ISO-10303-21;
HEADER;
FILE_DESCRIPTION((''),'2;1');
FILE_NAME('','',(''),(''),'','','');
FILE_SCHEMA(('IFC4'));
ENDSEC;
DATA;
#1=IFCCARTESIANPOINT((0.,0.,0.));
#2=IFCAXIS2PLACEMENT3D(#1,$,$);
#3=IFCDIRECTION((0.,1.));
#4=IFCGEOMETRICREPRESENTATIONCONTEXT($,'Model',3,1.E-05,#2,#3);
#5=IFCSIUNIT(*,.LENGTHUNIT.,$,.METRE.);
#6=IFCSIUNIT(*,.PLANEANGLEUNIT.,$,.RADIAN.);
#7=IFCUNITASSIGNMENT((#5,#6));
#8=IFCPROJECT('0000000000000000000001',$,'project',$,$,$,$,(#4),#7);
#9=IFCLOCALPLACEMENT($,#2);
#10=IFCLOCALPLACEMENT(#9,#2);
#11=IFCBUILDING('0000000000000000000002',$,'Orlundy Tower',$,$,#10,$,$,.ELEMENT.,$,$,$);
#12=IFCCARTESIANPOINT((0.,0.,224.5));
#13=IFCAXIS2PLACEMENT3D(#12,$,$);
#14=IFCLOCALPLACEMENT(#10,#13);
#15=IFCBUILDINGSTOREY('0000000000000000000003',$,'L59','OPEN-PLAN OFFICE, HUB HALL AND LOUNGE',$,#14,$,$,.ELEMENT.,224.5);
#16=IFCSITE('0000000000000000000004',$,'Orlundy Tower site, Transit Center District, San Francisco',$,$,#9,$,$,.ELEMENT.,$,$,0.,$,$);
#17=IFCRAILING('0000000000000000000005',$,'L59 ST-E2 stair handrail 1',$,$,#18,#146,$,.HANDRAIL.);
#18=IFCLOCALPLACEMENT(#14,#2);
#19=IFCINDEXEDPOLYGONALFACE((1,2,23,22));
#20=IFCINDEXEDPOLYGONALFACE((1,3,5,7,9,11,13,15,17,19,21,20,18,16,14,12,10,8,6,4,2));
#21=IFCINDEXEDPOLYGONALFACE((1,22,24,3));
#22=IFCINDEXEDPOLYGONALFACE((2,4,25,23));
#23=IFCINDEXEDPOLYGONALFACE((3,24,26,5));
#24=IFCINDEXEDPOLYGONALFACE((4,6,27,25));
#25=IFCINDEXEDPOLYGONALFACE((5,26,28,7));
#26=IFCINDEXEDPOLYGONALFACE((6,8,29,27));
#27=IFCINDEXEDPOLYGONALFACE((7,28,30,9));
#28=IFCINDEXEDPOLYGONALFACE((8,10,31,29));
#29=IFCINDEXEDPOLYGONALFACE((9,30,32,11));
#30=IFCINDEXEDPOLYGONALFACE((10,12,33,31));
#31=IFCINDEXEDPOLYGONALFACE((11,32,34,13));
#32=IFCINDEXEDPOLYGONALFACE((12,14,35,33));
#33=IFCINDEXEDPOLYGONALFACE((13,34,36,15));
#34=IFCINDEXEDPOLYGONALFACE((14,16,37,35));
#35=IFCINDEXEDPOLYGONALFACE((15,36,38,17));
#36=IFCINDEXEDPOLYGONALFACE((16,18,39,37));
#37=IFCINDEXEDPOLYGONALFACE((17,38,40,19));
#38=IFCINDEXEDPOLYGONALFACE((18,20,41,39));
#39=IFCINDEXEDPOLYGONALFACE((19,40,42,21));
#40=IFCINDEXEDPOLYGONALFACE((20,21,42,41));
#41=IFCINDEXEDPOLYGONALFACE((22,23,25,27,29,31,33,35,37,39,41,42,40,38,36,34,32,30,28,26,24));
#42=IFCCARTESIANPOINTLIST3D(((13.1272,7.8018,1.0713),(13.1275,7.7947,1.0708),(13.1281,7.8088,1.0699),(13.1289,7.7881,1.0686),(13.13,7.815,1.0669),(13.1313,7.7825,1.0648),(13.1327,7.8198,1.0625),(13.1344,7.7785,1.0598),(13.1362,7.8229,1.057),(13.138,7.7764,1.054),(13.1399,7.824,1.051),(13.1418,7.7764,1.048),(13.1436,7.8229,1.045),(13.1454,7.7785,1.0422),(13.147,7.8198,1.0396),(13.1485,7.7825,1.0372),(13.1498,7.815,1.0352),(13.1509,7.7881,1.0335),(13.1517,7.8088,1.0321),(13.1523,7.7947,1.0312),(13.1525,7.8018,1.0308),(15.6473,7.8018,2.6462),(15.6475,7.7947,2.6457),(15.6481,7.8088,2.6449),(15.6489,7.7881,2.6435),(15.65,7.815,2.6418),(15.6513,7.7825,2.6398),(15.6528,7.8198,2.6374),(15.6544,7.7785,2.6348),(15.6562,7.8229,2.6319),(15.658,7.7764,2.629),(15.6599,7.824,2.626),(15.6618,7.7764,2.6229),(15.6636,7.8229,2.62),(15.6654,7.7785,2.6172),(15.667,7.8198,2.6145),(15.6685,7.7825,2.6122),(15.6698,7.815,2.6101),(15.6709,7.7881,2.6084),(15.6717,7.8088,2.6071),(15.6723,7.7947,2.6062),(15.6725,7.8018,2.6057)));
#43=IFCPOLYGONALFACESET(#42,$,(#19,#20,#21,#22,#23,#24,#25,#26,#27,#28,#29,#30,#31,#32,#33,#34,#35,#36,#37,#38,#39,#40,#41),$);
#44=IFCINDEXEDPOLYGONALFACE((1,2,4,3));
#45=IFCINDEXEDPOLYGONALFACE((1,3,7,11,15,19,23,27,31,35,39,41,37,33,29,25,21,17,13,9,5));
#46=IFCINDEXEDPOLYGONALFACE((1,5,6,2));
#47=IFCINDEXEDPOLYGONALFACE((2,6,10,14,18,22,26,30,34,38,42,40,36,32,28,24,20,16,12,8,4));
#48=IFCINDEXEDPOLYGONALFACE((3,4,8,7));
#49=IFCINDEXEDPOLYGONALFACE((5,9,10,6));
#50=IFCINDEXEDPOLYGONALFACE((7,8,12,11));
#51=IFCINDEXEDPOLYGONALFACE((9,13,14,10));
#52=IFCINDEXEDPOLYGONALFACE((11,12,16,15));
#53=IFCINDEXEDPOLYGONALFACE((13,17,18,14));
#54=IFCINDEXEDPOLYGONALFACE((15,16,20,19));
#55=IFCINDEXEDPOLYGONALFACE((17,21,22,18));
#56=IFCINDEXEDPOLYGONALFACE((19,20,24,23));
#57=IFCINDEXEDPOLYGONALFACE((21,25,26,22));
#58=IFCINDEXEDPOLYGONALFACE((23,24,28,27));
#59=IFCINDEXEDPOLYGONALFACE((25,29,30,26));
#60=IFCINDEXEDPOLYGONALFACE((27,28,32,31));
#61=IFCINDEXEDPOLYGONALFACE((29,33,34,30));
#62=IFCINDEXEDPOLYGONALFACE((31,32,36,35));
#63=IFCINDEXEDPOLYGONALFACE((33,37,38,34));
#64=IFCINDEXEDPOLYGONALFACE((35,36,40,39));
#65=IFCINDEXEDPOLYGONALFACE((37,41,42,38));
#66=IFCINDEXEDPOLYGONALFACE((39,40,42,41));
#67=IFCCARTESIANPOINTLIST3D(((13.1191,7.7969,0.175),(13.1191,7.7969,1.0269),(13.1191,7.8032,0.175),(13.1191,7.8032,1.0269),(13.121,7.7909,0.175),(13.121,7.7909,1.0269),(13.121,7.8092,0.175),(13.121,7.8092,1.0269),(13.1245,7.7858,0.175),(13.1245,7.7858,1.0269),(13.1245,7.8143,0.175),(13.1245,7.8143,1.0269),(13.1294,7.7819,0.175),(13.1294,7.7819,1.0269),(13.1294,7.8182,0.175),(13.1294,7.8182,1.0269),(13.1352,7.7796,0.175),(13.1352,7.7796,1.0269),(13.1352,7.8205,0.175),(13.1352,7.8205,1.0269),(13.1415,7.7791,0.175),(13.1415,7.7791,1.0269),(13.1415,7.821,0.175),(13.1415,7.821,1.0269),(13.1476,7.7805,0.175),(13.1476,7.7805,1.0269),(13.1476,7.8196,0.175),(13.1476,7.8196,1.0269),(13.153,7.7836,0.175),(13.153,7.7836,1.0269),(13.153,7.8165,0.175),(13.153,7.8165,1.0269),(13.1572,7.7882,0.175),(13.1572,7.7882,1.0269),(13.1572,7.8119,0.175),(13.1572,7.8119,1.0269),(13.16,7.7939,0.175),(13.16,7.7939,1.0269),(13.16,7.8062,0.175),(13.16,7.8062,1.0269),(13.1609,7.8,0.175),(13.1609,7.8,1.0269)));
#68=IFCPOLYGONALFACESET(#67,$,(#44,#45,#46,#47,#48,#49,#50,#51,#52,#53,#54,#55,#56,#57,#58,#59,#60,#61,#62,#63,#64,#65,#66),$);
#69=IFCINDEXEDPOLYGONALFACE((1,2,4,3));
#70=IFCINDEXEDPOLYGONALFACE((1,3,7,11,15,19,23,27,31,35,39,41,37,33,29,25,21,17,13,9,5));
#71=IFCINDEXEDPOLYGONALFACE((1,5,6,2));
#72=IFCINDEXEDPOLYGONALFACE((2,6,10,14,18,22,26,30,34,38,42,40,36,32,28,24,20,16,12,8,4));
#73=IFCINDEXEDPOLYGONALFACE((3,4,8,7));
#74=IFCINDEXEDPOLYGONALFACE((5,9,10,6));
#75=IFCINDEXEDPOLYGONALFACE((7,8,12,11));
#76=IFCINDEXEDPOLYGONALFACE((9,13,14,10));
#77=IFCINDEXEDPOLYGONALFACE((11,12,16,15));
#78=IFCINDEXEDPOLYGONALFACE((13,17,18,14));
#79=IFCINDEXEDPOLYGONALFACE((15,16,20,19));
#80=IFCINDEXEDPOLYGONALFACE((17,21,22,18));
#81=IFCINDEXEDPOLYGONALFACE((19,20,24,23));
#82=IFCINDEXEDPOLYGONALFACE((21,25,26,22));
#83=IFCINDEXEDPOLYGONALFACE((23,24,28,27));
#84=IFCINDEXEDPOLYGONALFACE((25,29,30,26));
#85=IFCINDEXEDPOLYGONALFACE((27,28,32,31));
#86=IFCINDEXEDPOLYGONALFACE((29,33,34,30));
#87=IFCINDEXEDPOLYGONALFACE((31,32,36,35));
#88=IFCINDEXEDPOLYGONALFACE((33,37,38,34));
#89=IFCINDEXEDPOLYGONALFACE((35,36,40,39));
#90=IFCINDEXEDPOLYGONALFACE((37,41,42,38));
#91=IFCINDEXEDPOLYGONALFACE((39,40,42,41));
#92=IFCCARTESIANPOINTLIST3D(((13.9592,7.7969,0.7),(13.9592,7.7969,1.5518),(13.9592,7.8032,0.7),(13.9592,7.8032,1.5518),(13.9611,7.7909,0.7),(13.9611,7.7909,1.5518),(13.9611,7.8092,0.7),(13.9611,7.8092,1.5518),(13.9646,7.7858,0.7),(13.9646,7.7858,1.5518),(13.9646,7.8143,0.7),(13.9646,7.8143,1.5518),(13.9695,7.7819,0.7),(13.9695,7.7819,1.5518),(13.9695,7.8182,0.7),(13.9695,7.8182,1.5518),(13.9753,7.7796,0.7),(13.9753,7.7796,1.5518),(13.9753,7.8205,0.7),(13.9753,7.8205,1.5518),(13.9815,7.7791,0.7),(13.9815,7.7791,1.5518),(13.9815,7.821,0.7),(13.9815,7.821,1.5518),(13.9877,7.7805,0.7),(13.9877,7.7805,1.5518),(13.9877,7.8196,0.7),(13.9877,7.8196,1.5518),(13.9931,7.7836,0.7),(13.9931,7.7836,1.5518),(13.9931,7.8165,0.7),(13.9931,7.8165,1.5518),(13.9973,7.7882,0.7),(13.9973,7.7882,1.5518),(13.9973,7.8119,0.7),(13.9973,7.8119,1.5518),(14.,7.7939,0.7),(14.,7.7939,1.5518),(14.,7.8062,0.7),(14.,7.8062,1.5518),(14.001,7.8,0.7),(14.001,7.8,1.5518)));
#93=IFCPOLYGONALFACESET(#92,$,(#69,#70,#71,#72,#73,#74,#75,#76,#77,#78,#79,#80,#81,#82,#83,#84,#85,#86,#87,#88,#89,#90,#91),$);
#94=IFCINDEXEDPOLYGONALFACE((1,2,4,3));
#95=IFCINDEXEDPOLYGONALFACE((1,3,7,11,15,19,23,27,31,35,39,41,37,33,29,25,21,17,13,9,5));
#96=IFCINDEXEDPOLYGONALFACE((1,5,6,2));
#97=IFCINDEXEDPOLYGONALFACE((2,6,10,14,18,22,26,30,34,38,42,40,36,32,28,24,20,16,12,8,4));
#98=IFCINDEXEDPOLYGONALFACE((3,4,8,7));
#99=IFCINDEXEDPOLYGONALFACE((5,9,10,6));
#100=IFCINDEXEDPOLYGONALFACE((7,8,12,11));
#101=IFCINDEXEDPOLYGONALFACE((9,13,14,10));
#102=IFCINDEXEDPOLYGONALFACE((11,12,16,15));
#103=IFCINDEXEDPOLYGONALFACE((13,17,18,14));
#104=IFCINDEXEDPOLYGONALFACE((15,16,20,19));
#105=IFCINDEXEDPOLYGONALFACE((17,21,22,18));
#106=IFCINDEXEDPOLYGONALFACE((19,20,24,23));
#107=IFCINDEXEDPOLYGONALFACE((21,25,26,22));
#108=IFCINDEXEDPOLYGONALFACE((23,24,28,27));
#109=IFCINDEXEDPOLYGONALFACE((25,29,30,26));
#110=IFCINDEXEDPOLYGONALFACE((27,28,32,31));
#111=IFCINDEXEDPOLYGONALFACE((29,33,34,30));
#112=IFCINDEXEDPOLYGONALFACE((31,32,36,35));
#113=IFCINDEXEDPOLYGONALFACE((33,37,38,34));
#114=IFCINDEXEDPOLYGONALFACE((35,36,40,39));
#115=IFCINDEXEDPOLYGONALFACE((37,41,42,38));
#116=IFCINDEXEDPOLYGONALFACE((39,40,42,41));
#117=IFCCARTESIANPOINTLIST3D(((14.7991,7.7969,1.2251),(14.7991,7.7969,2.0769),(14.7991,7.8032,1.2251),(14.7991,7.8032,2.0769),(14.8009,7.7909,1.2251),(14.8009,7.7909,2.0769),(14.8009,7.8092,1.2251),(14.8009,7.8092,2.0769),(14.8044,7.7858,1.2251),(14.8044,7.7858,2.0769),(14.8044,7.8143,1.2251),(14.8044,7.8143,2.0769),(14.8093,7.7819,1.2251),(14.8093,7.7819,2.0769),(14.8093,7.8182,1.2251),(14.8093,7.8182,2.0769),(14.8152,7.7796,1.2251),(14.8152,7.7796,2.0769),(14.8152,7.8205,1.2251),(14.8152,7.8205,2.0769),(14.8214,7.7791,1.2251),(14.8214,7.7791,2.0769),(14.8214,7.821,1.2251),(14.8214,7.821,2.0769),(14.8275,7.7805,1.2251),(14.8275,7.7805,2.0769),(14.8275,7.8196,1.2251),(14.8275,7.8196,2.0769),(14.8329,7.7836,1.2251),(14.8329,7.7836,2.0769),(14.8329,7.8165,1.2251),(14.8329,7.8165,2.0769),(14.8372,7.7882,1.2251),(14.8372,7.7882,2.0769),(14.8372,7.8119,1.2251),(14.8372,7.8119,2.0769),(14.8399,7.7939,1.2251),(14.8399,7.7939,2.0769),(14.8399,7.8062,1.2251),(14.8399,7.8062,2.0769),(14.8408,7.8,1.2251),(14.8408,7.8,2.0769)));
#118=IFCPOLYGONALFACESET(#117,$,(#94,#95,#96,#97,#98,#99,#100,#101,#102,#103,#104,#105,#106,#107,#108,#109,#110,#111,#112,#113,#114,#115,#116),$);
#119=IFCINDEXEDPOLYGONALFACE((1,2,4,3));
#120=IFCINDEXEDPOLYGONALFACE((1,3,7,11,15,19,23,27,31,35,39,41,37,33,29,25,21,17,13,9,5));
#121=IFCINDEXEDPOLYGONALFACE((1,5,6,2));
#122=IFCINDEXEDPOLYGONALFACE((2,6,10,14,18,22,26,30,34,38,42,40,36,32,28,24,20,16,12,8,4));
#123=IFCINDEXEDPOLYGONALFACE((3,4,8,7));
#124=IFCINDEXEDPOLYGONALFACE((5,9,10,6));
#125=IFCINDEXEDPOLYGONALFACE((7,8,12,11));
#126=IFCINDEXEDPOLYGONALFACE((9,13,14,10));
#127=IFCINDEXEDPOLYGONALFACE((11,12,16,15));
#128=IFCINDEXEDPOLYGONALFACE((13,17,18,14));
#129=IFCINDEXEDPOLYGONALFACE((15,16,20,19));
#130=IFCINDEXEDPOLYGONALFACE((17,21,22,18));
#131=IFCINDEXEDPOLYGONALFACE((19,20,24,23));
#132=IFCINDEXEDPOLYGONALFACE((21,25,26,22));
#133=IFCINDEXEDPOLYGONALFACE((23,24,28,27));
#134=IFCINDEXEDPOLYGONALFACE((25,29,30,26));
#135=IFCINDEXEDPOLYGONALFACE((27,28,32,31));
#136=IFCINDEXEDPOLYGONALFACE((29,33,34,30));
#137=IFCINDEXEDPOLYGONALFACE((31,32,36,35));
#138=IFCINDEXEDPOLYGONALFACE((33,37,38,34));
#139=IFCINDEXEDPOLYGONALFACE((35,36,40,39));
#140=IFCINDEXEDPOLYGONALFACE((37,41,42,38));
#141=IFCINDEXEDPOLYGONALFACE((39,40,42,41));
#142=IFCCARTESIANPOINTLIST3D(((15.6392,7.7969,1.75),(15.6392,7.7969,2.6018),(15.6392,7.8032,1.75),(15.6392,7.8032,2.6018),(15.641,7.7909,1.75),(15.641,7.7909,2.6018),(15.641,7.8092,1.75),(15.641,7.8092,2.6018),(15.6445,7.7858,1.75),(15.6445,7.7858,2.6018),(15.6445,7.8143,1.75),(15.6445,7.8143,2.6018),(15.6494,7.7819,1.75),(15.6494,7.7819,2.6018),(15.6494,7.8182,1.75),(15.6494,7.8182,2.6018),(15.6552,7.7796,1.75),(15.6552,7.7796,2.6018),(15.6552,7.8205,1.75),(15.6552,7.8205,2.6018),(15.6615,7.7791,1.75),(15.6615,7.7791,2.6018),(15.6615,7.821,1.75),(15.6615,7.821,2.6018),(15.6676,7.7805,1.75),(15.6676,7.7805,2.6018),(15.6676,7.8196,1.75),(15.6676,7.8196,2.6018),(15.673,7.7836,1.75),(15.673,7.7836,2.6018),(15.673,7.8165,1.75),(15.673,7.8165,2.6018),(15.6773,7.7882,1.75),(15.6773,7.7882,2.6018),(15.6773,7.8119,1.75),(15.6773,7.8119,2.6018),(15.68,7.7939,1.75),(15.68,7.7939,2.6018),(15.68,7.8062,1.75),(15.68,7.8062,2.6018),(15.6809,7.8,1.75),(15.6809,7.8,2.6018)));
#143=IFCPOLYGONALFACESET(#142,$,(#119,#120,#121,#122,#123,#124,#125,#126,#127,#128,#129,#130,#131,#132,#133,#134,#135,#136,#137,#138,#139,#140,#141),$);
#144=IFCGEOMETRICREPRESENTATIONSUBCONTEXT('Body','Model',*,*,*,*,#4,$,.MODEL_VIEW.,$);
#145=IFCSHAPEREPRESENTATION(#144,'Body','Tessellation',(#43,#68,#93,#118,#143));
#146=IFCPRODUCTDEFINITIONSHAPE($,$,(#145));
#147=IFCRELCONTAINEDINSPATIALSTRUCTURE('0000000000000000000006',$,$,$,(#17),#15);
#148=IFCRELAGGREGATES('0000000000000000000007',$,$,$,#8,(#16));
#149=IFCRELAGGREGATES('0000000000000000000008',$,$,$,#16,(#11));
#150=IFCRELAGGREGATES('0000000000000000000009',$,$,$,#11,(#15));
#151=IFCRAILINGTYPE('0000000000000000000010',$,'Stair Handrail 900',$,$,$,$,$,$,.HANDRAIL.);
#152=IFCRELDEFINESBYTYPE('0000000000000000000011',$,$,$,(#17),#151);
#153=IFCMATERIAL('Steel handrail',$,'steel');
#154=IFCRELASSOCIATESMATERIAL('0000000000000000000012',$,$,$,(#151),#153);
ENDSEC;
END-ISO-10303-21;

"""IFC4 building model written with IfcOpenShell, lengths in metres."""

from ifc_helpers import new_model, si_unit, direction, frame, origin, origin_2d, place, context, subcontext, project, spatial, circle, extrude, material, type_object, element, save


model = new_model("IFC4")

# Units and contexts
model_context = context("Model", 3, precision=1e-05, world=origin(), true_north=direction((0.0, 1.0)))
body_context = subcontext(model_context, "Body", "Model", "MODEL_VIEW")
ifc_project = project(units=[si_unit("LENGTHUNIT", "METRE"), si_unit("PLANEANGLEUNIT", "RADIAN")], contexts=[model_context])

# Site, building, storey
site_placement = place(None, origin())
site = spatial("IfcSite", under=ifc_project, at=site_placement, Name="Orlundy Tower site, Transit Center District, San Francisco", CompositionType="ELEMENT", RefElevation=0.0)
building_placement = place(site_placement, origin())
building = spatial("IfcBuilding", under=site, at=building_placement, Name="Orlundy Tower", CompositionType="ELEMENT")
storey_placement = place(building_placement, frame((0.0, 0.0, 224.5)))
storey = spatial("IfcBuildingStorey", under=building, at=storey_placement, Name="L59", Description="OPEN-PLAN OFFICE, HUB HALL AND LOUNGE", CompositionType="ELEMENT", Elevation=224.5)

# Railing
ifc_material_1 = material(Name="Steel handrail", Category="steel")
railing_type_1 = type_object("IfcRailingType", Name="Stair Handrail 900", PredefinedType="HANDRAIL", material=ifc_material_1)
railing_1_placement = place(storey_placement, frame((13.1399, 7.8, 0.175)))
element("IfcRailing", 1, at=railing_1_placement, inside=storey, type_object=railing_type_1, Name="L59 ST-E2 stair handrail 1", PredefinedType="HANDRAIL", context=body_context, shape_type="SweptSolid", body=[
    extrude(circle(Radius=0.0239, at=origin_2d()), frame((0.0, 0.0, 0.876), z_axis=(0.848008, 0.0, 0.529984), x_axis=(0.0, 1.0, 0.0)), (0.0, 0.0, 1.0), 2.9717),
    extrude(circle(Radius=0.021, at=origin_2d()), origin(), (0.0, 0.0, 1.0), 0.8518),
    extrude(circle(Radius=0.021, at=origin_2d()), frame((0.8401, 0.0, 0.5249)), (0.0, 0.0, 1.0), 0.8518),
    extrude(circle(Radius=0.021, at=origin_2d()), frame((1.6799, 0.0, 1.05)), (0.0, 0.0, 1.0), 0.8518),
    extrude(circle(Radius=0.021, at=origin_2d()), frame((2.52, 0.0, 1.575)), (0.0, 0.0, 1.0), 0.8518),
])

save(model, "model.ifc")
